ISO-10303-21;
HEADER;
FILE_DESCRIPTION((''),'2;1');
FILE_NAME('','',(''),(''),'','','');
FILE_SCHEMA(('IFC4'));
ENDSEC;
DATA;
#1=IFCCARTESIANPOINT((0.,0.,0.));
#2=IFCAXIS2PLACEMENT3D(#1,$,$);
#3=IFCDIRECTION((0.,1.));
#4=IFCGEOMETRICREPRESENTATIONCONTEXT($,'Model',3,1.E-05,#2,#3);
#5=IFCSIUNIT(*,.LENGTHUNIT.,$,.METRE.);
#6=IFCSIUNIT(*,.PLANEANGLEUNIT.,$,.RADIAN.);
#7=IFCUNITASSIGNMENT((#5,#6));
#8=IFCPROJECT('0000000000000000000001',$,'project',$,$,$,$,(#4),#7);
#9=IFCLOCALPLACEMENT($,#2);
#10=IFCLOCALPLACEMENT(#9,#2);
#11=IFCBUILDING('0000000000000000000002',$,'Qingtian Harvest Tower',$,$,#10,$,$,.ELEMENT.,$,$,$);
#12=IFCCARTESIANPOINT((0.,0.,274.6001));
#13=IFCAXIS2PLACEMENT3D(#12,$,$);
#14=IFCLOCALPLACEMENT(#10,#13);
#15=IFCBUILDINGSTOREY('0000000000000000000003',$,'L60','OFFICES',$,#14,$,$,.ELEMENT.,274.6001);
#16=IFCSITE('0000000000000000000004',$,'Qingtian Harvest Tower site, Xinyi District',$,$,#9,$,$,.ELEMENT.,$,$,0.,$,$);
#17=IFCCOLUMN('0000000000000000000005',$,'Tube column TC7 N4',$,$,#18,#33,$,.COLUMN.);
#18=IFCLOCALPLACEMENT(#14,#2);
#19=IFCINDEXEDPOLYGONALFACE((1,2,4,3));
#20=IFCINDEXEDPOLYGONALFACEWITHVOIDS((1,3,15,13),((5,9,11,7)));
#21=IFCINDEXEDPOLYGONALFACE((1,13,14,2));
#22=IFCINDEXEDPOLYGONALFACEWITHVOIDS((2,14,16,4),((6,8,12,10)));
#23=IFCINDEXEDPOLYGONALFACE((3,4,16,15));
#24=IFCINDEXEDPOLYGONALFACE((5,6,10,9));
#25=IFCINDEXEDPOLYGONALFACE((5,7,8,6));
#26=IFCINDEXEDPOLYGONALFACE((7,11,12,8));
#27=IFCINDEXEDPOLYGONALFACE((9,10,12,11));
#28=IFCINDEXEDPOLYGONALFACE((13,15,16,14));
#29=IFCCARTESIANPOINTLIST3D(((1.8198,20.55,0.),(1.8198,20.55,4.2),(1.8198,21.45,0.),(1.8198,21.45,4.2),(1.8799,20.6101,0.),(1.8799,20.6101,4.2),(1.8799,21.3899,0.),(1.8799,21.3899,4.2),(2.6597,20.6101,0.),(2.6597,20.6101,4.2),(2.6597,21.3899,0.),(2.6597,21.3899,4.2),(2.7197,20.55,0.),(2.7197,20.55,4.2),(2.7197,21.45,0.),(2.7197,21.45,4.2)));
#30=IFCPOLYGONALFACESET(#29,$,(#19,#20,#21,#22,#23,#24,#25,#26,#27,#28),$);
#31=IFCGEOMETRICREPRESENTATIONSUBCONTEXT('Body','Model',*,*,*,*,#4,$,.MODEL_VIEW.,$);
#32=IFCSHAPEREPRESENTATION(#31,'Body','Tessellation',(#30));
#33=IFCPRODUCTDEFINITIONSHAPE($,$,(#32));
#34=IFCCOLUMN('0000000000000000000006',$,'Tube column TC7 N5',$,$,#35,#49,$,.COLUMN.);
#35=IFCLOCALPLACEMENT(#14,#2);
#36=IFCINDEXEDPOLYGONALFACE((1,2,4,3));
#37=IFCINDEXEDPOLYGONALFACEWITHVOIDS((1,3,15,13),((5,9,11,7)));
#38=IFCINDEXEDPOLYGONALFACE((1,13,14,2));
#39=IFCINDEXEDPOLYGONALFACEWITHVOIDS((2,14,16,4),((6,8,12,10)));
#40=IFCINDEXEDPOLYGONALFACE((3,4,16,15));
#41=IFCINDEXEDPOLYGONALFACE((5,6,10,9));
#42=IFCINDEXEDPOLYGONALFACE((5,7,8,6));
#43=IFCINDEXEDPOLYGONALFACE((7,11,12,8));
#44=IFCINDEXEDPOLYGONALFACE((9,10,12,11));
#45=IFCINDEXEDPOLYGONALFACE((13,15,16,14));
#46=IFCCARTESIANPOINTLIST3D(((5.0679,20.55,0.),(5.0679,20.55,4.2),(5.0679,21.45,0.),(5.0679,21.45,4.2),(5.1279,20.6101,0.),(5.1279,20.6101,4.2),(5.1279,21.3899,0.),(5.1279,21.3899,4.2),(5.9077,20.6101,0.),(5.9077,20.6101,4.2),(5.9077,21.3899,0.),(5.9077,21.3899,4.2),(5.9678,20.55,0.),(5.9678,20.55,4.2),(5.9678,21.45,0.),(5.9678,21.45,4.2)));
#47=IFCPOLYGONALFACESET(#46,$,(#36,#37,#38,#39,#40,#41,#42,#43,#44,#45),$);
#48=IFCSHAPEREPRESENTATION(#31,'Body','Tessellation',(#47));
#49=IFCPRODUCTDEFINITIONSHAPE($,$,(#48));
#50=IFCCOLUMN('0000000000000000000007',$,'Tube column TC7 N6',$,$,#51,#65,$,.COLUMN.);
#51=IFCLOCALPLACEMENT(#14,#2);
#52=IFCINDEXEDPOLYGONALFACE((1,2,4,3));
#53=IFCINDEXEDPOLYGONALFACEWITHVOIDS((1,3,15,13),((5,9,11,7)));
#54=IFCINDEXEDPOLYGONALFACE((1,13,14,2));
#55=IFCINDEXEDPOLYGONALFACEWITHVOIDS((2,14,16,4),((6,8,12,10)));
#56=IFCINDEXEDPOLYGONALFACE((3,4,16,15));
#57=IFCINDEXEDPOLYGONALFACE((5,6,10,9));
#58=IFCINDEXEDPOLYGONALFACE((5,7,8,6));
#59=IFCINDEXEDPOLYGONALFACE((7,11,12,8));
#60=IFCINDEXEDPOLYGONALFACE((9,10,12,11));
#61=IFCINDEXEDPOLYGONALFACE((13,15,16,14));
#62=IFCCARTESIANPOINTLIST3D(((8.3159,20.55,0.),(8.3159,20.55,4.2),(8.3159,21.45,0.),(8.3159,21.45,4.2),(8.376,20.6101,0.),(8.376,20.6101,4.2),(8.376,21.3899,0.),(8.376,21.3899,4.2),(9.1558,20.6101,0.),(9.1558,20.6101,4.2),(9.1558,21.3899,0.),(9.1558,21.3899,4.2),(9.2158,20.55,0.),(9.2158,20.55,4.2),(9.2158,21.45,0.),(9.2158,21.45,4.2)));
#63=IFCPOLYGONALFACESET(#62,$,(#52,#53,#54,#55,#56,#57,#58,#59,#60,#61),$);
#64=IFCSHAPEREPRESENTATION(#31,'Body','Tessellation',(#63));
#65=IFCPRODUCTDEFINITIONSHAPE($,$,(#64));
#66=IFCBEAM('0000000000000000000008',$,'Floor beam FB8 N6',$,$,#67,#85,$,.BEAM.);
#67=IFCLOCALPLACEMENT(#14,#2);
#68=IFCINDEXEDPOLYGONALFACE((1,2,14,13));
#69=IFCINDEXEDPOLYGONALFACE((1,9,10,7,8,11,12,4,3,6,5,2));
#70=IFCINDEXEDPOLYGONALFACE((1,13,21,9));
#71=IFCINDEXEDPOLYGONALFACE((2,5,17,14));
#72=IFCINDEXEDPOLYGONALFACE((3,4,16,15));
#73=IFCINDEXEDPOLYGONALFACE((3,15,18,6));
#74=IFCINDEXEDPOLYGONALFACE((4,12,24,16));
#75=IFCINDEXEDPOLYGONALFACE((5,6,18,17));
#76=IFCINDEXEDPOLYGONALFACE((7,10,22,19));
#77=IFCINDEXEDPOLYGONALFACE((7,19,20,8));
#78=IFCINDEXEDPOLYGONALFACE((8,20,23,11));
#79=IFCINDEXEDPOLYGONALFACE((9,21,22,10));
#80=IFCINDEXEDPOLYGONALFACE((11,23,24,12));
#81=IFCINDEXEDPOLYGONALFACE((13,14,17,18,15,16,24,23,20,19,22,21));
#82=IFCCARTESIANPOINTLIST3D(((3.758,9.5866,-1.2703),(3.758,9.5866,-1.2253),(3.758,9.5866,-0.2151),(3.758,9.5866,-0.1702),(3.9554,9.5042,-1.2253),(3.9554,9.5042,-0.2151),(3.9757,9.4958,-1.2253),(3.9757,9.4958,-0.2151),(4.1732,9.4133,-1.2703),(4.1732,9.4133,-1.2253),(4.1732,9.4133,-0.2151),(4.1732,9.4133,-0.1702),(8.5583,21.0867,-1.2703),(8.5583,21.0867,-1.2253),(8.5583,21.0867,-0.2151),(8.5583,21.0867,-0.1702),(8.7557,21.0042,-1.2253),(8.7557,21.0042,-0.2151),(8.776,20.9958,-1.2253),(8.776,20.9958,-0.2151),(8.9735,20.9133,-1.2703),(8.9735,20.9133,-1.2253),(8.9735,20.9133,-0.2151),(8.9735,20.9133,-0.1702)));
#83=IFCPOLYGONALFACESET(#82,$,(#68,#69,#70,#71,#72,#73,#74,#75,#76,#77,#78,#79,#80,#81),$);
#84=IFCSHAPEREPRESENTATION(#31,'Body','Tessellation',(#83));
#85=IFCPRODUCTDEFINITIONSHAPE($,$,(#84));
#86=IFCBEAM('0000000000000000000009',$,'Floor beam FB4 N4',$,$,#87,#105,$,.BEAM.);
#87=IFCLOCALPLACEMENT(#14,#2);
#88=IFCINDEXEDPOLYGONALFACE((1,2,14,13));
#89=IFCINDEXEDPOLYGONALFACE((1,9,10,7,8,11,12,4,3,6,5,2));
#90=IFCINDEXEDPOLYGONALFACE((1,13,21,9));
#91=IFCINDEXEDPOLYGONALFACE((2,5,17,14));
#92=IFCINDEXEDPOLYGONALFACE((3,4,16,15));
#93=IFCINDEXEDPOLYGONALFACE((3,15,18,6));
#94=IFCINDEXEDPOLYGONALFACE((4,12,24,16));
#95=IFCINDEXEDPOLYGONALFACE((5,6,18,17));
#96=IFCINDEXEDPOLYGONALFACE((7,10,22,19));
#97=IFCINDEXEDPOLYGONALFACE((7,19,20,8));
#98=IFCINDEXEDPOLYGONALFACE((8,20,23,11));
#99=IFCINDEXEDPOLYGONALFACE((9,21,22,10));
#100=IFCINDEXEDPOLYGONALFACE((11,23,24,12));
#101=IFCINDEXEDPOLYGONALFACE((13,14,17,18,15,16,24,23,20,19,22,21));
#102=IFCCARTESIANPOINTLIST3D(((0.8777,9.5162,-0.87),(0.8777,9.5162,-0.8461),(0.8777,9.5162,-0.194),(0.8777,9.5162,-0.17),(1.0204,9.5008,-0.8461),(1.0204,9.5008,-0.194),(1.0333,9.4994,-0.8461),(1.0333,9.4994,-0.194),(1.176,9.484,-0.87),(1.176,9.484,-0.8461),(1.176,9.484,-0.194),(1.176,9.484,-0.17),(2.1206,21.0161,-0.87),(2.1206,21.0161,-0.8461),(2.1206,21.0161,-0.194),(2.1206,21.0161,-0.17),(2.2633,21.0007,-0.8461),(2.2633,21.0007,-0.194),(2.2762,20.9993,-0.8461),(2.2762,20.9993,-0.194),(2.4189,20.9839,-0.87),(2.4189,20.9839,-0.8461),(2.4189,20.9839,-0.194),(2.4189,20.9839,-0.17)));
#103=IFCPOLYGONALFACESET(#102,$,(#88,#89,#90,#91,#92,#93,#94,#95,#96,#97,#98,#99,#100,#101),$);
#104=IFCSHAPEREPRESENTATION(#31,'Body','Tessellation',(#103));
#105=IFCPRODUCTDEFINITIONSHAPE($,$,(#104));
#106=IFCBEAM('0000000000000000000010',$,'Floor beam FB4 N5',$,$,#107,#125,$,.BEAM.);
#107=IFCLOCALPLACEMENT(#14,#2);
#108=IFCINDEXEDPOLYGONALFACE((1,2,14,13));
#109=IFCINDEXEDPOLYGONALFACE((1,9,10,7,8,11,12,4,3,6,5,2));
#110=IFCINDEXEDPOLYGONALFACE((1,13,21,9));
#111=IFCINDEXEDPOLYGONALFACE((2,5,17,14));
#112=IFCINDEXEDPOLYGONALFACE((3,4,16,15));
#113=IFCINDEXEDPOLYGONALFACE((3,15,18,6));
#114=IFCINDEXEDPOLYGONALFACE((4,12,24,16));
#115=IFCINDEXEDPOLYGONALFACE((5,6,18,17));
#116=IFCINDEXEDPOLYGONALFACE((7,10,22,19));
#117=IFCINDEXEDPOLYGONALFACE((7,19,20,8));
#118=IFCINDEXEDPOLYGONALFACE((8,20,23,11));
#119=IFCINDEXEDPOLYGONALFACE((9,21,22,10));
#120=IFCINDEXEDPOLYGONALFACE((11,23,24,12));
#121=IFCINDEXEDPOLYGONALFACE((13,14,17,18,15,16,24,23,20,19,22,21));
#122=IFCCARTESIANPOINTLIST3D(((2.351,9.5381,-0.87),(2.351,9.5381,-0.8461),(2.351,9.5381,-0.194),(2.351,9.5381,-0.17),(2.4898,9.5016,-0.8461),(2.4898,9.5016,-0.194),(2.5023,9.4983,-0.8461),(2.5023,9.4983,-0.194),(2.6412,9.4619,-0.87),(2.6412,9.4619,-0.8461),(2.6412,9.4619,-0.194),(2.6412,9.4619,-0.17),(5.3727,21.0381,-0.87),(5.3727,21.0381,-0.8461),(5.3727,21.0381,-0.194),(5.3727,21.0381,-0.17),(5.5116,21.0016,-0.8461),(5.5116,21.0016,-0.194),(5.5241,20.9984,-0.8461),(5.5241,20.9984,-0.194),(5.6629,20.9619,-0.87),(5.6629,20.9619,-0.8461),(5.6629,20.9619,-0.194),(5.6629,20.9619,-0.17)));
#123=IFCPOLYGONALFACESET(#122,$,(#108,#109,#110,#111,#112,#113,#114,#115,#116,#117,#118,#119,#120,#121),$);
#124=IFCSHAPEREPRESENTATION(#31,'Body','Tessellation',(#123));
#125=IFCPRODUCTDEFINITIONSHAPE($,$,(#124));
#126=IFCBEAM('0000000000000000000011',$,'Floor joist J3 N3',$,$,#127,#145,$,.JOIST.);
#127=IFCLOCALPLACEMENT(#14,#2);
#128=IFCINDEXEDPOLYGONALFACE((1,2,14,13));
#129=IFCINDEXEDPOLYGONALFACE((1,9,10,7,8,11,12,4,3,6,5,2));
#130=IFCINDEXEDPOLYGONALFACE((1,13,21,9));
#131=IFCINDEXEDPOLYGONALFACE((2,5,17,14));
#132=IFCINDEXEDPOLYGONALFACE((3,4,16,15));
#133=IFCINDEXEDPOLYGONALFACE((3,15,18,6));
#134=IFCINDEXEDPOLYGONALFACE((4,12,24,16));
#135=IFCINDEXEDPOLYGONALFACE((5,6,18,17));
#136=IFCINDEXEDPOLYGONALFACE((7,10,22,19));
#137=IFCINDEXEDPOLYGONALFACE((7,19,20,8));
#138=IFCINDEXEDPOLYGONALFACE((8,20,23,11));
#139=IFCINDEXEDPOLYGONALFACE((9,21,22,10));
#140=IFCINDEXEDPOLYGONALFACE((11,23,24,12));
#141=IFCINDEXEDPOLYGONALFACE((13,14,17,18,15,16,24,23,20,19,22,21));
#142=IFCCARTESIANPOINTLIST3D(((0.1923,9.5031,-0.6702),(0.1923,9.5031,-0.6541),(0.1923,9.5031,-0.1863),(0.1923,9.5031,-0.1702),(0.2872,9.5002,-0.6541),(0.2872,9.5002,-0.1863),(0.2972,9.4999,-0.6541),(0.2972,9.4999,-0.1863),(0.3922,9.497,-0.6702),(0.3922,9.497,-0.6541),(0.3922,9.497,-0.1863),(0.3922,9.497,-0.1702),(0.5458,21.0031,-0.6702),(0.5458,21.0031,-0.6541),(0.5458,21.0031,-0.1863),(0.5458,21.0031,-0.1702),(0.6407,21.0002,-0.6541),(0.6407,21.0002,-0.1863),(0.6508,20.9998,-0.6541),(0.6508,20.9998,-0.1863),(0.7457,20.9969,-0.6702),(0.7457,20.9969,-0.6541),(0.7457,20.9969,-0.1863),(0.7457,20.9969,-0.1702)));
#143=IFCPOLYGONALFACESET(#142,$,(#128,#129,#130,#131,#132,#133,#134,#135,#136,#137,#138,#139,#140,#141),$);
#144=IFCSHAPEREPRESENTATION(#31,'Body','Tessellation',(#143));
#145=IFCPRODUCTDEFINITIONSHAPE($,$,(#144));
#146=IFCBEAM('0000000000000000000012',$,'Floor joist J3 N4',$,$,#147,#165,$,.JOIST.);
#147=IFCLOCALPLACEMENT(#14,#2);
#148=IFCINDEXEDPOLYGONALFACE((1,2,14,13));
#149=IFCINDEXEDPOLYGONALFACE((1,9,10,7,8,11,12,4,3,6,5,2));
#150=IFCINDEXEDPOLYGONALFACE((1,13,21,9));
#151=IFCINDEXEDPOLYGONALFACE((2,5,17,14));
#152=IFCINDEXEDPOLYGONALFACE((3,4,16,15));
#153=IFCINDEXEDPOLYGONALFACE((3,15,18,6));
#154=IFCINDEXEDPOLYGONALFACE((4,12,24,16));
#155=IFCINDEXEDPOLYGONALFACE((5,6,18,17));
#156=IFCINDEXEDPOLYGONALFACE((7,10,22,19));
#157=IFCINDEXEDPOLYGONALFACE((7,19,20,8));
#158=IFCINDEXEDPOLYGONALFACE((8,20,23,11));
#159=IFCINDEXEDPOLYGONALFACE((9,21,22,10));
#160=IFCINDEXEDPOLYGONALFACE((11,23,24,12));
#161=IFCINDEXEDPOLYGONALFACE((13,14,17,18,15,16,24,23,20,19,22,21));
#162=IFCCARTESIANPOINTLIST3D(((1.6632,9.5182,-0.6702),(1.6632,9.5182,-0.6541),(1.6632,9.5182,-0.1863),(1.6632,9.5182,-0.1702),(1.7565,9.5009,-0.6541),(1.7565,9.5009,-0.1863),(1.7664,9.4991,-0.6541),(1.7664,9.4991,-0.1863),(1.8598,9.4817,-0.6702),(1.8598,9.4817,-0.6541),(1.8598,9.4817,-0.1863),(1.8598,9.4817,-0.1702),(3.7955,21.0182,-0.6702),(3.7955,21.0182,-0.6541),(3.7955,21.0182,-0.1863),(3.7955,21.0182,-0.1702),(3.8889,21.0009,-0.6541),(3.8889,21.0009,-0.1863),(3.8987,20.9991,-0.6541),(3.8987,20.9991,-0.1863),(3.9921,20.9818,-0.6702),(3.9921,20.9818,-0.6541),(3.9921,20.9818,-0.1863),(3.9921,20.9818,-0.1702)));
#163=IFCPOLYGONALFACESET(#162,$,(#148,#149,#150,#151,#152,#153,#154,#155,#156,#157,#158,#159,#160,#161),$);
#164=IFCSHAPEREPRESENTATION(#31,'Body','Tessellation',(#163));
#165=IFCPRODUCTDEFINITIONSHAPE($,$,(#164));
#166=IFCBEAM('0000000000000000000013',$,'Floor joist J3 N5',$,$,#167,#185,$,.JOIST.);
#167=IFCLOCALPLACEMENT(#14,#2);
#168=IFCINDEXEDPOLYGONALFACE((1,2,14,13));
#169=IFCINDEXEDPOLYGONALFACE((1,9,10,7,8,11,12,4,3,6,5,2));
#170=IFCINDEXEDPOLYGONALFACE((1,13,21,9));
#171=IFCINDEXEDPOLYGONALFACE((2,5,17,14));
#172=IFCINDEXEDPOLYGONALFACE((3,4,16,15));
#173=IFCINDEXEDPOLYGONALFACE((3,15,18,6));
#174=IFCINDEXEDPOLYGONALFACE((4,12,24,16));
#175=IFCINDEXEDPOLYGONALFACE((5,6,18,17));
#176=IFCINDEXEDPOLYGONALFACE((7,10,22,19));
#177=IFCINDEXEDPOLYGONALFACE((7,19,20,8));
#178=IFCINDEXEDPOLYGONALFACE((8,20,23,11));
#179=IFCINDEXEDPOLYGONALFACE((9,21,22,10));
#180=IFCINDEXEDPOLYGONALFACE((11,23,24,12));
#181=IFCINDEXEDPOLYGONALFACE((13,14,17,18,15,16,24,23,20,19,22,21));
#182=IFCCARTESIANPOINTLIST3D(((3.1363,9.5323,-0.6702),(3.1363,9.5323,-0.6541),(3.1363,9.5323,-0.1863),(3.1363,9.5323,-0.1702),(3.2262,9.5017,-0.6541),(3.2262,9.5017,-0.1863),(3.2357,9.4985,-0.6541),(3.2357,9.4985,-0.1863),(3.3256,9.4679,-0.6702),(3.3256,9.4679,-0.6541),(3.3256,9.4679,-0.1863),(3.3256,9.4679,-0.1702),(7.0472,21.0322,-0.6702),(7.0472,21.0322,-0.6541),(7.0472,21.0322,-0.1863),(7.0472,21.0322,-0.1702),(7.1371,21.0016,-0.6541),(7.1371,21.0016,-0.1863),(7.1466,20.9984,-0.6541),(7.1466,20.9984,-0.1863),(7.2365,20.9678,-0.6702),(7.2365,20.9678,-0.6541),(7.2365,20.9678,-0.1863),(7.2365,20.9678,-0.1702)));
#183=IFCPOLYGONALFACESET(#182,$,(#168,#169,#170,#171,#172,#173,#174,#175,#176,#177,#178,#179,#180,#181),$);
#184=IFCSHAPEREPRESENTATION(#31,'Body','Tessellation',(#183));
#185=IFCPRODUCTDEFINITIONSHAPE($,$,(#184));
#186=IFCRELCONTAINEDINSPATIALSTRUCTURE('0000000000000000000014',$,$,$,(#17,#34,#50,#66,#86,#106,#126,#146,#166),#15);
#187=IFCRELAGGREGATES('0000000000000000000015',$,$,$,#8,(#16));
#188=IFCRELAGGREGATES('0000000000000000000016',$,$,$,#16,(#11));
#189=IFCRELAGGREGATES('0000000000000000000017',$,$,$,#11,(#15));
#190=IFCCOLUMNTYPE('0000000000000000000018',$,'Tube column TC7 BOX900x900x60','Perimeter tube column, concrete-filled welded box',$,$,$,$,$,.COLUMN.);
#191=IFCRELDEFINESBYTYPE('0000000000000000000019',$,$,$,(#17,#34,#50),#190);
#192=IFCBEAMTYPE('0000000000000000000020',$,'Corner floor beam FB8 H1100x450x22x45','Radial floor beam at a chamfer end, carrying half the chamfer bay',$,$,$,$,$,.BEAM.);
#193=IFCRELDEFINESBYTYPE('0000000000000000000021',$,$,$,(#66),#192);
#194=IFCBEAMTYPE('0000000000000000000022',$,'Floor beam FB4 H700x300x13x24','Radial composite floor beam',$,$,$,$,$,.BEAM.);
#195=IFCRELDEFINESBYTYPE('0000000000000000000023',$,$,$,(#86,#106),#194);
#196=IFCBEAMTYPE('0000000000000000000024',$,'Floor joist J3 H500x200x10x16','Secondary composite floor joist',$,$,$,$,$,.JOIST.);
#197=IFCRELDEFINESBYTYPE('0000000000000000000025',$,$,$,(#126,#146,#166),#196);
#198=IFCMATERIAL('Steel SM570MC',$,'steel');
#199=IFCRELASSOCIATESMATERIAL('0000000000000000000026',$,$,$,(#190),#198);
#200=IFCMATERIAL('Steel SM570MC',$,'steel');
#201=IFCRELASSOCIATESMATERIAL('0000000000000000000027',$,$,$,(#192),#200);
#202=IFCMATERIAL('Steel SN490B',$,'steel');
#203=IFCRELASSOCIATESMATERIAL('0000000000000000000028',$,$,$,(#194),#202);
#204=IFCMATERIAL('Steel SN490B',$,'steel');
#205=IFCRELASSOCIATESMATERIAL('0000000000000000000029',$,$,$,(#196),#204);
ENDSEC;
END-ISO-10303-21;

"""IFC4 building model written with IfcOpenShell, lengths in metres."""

from ifc_helpers import new_model, si_unit, direction, frame, origin, origin_2d, place, context, subcontext, project, spatial, hollow_rectangle, i_section, extrude, material, material_profile, profile_set, type_object, element, save


model = new_model("IFC4")

# Units and contexts
model_context = context("Model", 3, precision=1e-05, world=origin(), true_north=direction((0.0, 1.0)))
body_context = subcontext(model_context, "Body", "Model", "MODEL_VIEW")
ifc_project = project(units=[si_unit("LENGTHUNIT", "METRE"), si_unit("PLANEANGLEUNIT", "RADIAN")], contexts=[model_context])

# Site, building, storey
site_placement = place(None, origin())
site = spatial("IfcSite", under=ifc_project, at=site_placement, Name="Qingtian Harvest Tower site, Xinyi District", CompositionType="ELEMENT", RefElevation=0.0)
building_placement = place(site_placement, origin())
building = spatial("IfcBuilding", under=site, at=building_placement, Name="Qingtian Harvest Tower", CompositionType="ELEMENT")
storey_placement = place(building_placement, frame((0.0, 0.0, 274.6001)))
storey = spatial("IfcBuildingStorey", under=building, at=storey_placement, Name="L60", Description="OFFICES", CompositionType="ELEMENT", Elevation=274.6001)

# Columns
ifc_material_1 = material(Name="Steel SM570MC", Category="steel")
ifc_material_profile_1 = material_profile(ifc_material_1, hollow_rectangle(XDim=0.8999, YDim=0.8999, WallThickness=0.0601, at=origin_2d()), Name="BOX900x900x60")
ifc_profile_set_1 = profile_set([ifc_material_profile_1], Name="Steel SM570MC")
column_type = type_object("IfcColumnType", Name="Tube column TC7 BOX900x900x60", Description="Perimeter tube column, concrete-filled welded box", PredefinedType="COLUMN", material=ifc_profile_set_1)
for number, where, z_axis, x_axis, name in (
    (1, (2.2698, 21.0, 0.0), (0.0, 0.0, 1.0), (-1.0, 0.0, 0.0), "Tube column TC7 N4"),
    (2, (5.5178, 21.0, 0.0), (0.0, 0.0, 1.0), (-1.0, 0.0, 0.0), "Tube column TC7 N5"),
    (3, (8.7659, 21.0, 0.0), (0.0, 0.0, 1.0), (-1.0, 0.0, 0.0), "Tube column TC7 N6"),
):
    element("IfcColumn", number, at=place(storey_placement, frame(where, z_axis=z_axis, x_axis=x_axis)), inside=storey, type_object=column_type, Name=name, PredefinedType="COLUMN", context=body_context, shape_type="SweptSolid", body=[
        extrude(hollow_rectangle(XDim=0.8999, YDim=0.8999, WallThickness=0.0601, at=origin_2d()), origin(), (0.0, 0.0, 1.0), 4.2),
    ])

# Beams
ifc_material_2 = material(Name="Steel SM570MC", Category="steel")
ifc_material_profile_2 = material_profile(ifc_material_2, i_section(OverallWidth=0.45, OverallDepth=1.1001, WebThickness=0.022, FlangeThickness=0.0449, at=origin_2d()), Name="H1100x450x22x45")
ifc_profile_set_2 = profile_set([ifc_material_profile_2], Name="Steel SM570MC")
beam_type_1 = type_object("IfcBeamType", Name="Corner floor beam FB8 H1100x450x22x45", Description="Radial floor beam at a chamfer end, carrying half the chamfer bay", PredefinedType="BEAM", material=ifc_profile_set_2)
beam_1_placement = place(storey_placement, frame((8.7659, 21.0, -0.7202), z_axis=(-0.385205, -0.922831, 0.0), x_axis=(0.922831, -0.385205, 0.0)))
element("IfcBeam", 4, at=beam_1_placement, inside=storey, type_object=beam_type_1, Name="Floor beam FB8 N6", PredefinedType="BEAM", context=body_context, shape_type="SweptSolid", body=[
    extrude(i_section(OverallWidth=0.45, OverallDepth=1.1001, WebThickness=0.022, FlangeThickness=0.0449, at=origin_2d()), origin(), (0.0, 0.0, 1.0), 12.4617),
])
ifc_material_3 = material(Name="Steel SN490B", Category="steel")
ifc_material_profile_3 = material_profile(ifc_material_3, i_section(OverallWidth=0.3, OverallDepth=0.7, WebThickness=0.0129, FlangeThickness=0.0239, at=origin_2d()), Name="H700x300x13x24")
ifc_profile_set_3 = profile_set([ifc_material_profile_3], Name="Steel SN490B")
beam_type_2 = type_object("IfcBeamType", Name="Floor beam FB4 H700x300x13x24", Description="Radial composite floor beam", PredefinedType="BEAM", material=ifc_profile_set_3)
beam_2_placement = place(storey_placement, frame((2.2698, 21.0, -0.52), z_axis=(-0.107454, -0.99421, 0.0), x_axis=(0.99421, -0.107454, 0.0)))
element("IfcBeam", 5, at=beam_2_placement, inside=storey, type_object=beam_type_2, Name="Floor beam FB4 N4", PredefinedType="BEAM", context=body_context, shape_type="SweptSolid", body=[
    extrude(i_section(OverallWidth=0.3, OverallDepth=0.7, WebThickness=0.0129, FlangeThickness=0.0239, at=origin_2d()), origin(), (0.0, 0.0, 1.0), 11.5669),
])
beam_3_placement = place(storey_placement, frame((5.5178, 21.0, -0.52), z_axis=(-0.254132, -0.967169, 0.0), x_axis=(0.967169, -0.254132, 0.0)))
element("IfcBeam", 6, at=beam_3_placement, inside=storey, type_object=beam_type_2, Name="Floor beam FB4 N5", PredefinedType="BEAM", context=body_context, shape_type="SweptSolid", body=[
    extrude(i_section(OverallWidth=0.3, OverallDepth=0.7, WebThickness=0.0129, FlangeThickness=0.0239, at=origin_2d()), origin(), (0.0, 0.0, 1.0), 11.8904),
])
ifc_material_4 = material(Name="Steel SN490B", Category="steel")
ifc_material_profile_4 = material_profile(ifc_material_4, i_section(OverallWidth=0.2, OverallDepth=0.5, WebThickness=0.01, FlangeThickness=0.0161, at=origin_2d()), Name="H500x200x10x16")
ifc_profile_set_4 = profile_set([ifc_material_profile_4], Name="Steel SN490B")
beam_type_3 = type_object("IfcBeamType", Name="Floor joist J3 H500x200x10x16", Description="Secondary composite floor joist", PredefinedType="JOIST", material=ifc_profile_set_4)
beam_4_placement = place(storey_placement, frame((0.6458, 21.0, -0.4202), z_axis=(-0.030726, -0.999528, 0.0), x_axis=(0.999528, -0.030726, 0.0)))
element("IfcBeam", 7, at=beam_4_placement, inside=storey, type_object=beam_type_3, Name="Floor joist J3 N3", PredefinedType="JOIST", context=body_context, shape_type="SweptSolid", body=[
    extrude(i_section(OverallWidth=0.2, OverallDepth=0.5, WebThickness=0.01, FlangeThickness=0.0161, at=origin_2d()), origin(), (0.0, 0.0, 1.0), 11.5054),
])
beam_5_placement = place(storey_placement, frame((3.8938, 21.0, -0.4202), z_axis=(-0.182312, -0.983241, 0.0), x_axis=(0.983241, -0.182312, 0.0)))
element("IfcBeam", 8, at=beam_5_placement, inside=storey, type_object=beam_type_3, Name="Floor joist J3 N4", PredefinedType="JOIST", context=body_context, shape_type="SweptSolid", body=[
    extrude(i_section(OverallWidth=0.2, OverallDepth=0.5, WebThickness=0.01, FlangeThickness=0.0161, at=origin_2d()), origin(), (0.0, 0.0, 1.0), 11.696),
])
beam_6_placement = place(storey_placement, frame((7.1418, 21.0, -0.4202), z_axis=(-0.321968, -0.94675, 0.0), x_axis=(0.94675, -0.321968, 0.0)))
element("IfcBeam", 9, at=beam_6_placement, inside=storey, type_object=beam_type_3, Name="Floor joist J3 N5", PredefinedType="JOIST", context=body_context, shape_type="SweptSolid", body=[
    extrude(i_section(OverallWidth=0.2, OverallDepth=0.5, WebThickness=0.01, FlangeThickness=0.0161, at=origin_2d()), origin(), (0.0, 0.0, 1.0), 12.1467),
])

save(model, "model.ifc")
